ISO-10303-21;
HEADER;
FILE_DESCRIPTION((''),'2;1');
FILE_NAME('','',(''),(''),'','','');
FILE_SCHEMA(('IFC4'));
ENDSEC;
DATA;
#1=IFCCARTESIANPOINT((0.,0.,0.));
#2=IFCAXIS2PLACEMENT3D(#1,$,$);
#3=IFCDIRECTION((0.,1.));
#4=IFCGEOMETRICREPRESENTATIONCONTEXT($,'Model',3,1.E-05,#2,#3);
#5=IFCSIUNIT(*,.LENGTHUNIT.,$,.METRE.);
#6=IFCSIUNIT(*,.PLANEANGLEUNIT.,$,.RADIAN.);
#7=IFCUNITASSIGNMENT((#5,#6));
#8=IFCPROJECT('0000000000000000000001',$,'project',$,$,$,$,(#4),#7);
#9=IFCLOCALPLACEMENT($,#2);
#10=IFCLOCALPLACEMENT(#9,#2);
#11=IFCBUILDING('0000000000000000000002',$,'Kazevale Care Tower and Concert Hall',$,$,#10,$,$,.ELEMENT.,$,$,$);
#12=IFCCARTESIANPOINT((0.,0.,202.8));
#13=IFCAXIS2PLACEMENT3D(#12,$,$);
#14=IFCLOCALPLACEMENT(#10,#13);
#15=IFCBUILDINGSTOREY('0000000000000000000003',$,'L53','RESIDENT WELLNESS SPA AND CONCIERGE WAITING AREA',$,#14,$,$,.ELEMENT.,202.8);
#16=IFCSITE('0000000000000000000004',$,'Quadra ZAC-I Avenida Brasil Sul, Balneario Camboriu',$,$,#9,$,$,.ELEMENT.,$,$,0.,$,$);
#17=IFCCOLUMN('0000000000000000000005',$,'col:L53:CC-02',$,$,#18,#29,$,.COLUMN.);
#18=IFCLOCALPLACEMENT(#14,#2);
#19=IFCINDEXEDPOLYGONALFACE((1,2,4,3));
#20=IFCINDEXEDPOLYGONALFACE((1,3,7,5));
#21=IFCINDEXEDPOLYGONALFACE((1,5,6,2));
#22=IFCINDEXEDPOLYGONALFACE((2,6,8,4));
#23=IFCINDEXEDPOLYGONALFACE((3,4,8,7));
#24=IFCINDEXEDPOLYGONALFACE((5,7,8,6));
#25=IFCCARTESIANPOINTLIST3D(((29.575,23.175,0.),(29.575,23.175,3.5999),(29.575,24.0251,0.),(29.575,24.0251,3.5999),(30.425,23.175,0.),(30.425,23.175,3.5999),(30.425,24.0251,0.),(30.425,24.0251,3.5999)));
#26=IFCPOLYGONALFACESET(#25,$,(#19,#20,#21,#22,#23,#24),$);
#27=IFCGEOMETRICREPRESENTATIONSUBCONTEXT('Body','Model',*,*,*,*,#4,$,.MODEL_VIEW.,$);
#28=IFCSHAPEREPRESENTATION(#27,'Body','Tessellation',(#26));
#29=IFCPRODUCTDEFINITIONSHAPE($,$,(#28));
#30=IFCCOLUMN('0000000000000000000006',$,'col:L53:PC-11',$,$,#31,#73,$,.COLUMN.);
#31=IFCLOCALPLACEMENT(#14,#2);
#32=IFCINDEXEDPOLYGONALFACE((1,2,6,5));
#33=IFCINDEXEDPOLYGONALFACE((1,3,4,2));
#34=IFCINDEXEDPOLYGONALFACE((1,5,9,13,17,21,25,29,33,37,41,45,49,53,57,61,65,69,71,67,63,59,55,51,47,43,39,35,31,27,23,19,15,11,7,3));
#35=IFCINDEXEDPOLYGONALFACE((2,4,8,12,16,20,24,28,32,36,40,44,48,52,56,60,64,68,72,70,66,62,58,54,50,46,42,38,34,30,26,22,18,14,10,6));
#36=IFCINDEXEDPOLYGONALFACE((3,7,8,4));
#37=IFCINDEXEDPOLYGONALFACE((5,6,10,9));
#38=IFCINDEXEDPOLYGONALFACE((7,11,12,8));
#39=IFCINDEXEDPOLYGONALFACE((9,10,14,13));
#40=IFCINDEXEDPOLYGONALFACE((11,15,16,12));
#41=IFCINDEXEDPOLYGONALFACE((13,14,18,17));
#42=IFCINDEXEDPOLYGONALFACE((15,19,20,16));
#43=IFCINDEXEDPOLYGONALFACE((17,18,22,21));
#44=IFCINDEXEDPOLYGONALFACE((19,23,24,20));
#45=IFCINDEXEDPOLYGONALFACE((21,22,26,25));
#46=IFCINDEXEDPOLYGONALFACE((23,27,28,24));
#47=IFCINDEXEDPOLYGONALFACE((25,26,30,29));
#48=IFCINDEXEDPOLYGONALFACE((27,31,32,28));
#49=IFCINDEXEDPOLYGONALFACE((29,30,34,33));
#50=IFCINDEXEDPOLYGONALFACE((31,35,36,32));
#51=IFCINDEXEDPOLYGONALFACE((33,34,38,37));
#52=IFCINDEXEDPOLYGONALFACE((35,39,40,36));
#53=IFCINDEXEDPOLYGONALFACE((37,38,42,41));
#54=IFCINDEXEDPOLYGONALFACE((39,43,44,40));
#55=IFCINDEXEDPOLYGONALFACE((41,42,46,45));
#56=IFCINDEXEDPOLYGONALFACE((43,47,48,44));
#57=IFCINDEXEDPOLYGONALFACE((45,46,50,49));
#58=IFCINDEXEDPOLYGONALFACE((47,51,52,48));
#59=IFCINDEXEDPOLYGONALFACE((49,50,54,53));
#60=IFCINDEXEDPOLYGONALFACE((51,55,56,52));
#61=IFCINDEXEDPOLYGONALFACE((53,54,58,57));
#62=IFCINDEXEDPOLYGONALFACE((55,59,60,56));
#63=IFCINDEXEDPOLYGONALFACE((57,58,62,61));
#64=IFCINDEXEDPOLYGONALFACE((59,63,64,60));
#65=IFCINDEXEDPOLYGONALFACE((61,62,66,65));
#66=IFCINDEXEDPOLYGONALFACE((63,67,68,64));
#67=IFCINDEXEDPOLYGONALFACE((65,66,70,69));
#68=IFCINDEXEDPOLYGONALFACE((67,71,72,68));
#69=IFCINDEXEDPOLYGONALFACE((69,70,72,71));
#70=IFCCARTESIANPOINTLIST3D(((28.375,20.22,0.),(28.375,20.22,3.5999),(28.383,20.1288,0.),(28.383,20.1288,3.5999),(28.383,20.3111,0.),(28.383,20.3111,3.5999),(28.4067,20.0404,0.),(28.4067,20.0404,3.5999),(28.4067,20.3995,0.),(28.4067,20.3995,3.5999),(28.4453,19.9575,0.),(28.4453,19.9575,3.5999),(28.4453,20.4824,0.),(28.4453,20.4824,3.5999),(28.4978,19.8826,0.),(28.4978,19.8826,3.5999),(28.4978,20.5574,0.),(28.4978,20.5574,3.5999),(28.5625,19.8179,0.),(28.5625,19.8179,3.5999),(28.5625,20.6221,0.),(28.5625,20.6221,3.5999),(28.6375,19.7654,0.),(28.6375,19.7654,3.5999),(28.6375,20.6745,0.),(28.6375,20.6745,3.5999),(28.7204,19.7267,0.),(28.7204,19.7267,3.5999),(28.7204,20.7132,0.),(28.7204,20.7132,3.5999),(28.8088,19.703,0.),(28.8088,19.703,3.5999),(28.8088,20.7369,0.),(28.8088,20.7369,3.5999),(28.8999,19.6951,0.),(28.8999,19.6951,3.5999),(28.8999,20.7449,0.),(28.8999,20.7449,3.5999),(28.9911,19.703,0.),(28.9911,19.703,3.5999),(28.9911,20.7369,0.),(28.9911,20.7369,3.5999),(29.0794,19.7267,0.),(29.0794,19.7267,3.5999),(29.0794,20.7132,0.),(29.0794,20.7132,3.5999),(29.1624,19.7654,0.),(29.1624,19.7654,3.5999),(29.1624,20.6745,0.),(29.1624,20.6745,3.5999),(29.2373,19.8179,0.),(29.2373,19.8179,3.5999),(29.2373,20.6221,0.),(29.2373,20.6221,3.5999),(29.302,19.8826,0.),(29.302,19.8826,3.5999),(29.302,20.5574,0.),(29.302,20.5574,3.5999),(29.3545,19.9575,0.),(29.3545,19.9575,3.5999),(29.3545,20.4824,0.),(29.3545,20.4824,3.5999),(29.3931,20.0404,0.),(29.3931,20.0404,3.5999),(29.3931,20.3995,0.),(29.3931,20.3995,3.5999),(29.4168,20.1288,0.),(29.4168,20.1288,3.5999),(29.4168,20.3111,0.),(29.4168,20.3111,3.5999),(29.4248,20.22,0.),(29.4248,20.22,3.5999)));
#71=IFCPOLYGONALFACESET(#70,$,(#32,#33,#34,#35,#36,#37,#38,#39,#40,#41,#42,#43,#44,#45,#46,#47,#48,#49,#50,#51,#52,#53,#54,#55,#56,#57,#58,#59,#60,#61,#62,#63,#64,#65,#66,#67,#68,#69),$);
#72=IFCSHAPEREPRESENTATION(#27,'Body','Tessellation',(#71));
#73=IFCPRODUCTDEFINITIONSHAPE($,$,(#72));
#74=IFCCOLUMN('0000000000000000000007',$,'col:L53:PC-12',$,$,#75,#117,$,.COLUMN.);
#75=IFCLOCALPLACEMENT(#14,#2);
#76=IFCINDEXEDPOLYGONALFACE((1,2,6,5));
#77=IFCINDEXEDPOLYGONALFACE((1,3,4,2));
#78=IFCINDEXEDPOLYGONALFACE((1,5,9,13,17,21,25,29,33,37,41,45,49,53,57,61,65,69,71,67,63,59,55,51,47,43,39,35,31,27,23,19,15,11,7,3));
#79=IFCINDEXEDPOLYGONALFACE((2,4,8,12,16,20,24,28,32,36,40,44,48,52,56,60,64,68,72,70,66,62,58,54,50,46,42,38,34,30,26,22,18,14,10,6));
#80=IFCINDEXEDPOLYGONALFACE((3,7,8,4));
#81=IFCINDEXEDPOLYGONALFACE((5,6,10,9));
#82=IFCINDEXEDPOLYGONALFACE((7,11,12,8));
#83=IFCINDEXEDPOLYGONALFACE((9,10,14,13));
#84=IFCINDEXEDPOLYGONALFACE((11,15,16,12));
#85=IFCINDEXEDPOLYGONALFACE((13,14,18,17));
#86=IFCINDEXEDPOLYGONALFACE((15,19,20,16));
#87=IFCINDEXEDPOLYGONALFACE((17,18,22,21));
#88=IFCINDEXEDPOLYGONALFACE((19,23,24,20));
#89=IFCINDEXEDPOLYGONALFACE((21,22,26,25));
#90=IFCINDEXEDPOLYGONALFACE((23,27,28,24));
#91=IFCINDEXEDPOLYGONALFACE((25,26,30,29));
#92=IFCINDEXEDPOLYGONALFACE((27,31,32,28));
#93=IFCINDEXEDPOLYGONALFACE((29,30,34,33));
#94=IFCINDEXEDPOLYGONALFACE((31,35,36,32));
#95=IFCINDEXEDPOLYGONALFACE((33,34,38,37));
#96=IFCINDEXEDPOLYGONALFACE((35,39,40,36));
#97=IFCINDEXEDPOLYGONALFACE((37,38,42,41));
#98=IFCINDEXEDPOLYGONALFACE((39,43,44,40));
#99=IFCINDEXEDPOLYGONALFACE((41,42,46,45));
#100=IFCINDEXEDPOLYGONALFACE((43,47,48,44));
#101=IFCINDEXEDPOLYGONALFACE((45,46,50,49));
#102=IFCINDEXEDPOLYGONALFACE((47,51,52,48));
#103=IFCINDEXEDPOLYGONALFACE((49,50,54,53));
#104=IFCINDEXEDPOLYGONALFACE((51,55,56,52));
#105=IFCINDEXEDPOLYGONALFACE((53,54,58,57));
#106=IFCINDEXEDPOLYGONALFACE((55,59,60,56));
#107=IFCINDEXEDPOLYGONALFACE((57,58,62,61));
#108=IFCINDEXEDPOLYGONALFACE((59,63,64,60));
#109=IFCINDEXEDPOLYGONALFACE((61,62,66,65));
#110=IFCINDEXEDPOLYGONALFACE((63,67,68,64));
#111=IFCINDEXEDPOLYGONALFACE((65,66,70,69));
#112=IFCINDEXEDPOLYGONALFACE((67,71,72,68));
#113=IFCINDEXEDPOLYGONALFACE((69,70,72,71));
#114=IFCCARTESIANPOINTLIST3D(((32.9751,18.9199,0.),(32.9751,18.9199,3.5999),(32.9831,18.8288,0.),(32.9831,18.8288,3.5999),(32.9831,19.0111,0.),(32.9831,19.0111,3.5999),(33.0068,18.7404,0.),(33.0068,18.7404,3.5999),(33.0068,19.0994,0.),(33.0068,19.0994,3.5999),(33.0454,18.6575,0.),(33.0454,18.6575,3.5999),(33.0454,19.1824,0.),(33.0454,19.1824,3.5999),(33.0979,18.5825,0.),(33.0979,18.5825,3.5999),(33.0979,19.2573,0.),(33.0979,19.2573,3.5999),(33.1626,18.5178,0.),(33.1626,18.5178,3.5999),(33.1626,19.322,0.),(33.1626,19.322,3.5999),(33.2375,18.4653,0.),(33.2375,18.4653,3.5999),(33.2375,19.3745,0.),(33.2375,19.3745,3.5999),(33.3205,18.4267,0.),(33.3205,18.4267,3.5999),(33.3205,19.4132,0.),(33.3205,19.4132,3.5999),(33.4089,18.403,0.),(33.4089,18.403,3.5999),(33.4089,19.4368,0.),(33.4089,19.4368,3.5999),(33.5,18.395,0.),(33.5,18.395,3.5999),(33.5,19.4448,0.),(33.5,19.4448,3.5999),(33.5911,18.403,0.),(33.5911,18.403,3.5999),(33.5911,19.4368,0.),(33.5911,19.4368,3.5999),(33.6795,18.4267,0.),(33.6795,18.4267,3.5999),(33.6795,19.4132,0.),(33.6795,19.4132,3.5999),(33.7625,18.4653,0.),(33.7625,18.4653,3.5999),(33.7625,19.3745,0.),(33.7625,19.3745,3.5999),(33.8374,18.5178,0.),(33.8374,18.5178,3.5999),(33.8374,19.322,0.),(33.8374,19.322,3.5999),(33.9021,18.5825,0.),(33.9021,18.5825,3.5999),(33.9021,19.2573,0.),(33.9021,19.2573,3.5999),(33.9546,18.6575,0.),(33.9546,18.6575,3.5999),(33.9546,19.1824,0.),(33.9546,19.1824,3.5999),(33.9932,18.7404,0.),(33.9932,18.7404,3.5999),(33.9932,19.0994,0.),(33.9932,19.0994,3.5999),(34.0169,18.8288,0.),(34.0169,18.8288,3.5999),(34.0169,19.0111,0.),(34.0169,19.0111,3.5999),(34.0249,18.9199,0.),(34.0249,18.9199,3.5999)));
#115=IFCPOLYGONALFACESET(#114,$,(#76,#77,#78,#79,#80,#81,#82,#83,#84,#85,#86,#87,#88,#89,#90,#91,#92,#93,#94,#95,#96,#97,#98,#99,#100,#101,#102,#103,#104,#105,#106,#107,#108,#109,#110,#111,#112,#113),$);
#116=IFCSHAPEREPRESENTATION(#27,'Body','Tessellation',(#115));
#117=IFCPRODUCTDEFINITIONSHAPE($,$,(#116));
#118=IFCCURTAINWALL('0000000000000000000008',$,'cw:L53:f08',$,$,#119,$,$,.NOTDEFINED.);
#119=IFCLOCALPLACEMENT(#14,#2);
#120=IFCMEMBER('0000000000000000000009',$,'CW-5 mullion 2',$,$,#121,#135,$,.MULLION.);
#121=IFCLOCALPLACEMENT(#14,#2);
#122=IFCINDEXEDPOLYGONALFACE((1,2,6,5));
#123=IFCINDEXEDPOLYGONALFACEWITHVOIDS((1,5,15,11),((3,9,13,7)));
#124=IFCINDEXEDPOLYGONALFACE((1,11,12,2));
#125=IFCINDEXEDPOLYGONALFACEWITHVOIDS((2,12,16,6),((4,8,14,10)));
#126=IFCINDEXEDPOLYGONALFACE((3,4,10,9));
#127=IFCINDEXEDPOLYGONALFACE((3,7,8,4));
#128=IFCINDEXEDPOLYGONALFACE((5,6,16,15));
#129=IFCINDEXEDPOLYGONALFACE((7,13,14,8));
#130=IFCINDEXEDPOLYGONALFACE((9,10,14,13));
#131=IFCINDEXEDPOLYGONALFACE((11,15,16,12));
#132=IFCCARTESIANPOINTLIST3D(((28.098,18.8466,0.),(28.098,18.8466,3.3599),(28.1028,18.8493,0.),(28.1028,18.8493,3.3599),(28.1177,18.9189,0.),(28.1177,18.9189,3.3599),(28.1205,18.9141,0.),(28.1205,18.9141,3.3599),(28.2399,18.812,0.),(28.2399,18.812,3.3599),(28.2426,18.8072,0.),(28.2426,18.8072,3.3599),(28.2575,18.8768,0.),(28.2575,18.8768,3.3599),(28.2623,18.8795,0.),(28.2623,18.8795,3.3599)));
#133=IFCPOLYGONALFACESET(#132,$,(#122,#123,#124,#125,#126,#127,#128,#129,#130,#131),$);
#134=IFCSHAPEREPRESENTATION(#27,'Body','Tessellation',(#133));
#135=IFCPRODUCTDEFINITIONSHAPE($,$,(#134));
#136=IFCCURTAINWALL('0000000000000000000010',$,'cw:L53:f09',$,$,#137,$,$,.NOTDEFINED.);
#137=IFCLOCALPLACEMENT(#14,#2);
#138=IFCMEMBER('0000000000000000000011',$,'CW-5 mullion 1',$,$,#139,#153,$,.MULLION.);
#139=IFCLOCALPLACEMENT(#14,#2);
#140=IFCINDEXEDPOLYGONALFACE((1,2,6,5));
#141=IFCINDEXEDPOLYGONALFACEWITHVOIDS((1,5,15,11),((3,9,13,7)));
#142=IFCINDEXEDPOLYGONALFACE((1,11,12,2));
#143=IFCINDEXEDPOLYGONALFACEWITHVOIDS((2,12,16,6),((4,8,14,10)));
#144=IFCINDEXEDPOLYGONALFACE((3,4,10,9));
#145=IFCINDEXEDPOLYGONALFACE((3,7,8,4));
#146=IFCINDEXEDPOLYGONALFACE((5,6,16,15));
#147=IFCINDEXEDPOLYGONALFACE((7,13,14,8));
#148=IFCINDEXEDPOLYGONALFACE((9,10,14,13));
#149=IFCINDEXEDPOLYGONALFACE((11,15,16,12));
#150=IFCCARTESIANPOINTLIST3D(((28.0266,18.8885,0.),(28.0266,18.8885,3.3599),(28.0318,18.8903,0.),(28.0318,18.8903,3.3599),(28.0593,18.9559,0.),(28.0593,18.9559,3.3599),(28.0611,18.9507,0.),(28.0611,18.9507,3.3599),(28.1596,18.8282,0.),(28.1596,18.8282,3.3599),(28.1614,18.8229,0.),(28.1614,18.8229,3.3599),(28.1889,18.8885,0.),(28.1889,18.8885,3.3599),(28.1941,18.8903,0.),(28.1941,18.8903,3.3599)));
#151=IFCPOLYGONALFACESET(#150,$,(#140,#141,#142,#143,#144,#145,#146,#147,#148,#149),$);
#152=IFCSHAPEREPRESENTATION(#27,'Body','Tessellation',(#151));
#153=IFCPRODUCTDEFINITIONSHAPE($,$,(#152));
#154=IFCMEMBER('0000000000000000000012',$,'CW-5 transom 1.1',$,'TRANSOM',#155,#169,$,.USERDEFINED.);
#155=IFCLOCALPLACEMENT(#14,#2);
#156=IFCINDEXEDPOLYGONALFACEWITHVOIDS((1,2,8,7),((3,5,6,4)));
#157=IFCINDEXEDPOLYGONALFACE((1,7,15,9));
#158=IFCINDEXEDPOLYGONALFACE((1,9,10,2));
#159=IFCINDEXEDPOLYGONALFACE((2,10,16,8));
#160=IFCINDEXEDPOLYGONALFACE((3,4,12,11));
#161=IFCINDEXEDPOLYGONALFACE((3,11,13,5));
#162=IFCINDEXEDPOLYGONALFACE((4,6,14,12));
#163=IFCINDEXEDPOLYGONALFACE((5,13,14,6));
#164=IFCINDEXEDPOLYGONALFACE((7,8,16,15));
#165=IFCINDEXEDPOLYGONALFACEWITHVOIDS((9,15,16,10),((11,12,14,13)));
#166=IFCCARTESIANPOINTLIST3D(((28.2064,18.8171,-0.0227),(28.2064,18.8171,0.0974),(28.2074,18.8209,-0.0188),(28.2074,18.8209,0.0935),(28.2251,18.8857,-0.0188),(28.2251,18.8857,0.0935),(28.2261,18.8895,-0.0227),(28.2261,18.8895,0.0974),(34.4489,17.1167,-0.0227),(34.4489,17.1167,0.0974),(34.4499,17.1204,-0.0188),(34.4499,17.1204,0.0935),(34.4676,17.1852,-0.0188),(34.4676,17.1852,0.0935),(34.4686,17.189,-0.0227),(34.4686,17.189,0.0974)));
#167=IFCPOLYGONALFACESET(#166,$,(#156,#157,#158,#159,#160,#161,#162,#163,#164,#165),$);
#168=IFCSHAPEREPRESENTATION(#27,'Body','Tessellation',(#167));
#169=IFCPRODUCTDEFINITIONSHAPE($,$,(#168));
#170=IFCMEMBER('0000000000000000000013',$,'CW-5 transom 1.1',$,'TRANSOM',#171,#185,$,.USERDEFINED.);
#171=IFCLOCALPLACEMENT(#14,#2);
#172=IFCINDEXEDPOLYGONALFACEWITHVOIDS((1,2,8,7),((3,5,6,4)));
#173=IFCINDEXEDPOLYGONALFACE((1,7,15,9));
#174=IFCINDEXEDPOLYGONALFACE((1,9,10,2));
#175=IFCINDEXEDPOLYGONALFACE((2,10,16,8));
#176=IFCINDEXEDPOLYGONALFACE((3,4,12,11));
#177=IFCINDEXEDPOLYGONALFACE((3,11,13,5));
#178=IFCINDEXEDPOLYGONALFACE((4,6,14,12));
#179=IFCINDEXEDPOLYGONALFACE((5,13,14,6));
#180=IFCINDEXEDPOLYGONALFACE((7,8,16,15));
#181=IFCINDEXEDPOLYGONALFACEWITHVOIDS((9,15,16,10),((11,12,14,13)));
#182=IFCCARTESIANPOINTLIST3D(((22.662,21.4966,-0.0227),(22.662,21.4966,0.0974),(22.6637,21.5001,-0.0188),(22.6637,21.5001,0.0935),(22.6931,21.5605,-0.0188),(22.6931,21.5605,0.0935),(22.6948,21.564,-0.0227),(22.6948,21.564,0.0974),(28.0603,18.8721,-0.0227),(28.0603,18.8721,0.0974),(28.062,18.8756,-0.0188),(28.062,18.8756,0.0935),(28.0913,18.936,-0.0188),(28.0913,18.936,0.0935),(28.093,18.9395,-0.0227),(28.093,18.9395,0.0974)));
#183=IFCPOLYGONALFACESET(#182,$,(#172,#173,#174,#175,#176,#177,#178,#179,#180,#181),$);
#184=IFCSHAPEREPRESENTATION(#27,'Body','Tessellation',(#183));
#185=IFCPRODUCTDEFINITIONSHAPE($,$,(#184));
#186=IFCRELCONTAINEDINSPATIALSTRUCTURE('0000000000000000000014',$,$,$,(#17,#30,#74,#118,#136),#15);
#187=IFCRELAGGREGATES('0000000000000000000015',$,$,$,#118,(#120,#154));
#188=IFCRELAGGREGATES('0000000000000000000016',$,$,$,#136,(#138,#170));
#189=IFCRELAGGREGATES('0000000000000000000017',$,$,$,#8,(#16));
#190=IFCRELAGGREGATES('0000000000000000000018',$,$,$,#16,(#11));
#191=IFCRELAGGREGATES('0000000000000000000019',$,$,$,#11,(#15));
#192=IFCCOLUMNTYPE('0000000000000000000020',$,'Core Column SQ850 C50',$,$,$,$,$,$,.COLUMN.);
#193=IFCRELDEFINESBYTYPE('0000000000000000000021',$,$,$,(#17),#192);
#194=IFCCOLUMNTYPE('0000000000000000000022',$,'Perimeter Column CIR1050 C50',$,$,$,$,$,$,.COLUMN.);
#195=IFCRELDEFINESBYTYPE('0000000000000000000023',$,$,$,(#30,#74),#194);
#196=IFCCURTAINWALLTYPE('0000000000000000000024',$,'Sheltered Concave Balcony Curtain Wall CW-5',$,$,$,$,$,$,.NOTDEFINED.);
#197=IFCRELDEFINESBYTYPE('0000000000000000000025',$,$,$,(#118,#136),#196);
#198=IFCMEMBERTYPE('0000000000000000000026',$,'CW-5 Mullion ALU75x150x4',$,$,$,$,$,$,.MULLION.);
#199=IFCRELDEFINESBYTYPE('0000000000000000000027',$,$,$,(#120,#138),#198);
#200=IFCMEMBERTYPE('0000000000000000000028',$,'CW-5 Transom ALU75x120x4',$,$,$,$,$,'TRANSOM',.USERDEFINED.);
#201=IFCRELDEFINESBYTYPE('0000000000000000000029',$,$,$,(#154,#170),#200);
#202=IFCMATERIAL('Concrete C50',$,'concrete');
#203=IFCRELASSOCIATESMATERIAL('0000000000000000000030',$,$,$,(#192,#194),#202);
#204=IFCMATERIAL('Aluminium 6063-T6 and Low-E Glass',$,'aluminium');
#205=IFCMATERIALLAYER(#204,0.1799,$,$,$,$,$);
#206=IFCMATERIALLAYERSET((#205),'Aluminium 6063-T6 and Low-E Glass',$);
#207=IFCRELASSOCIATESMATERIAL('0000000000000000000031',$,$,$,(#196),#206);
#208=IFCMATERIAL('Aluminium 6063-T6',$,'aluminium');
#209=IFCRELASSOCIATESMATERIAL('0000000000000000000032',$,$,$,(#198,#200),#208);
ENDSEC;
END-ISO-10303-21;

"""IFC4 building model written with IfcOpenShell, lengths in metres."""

from ifc_helpers import new_model, si_unit, direction, frame, origin, origin_2d, place, context, subcontext, project, spatial, rectangle, hollow_rectangle, circle, extrude, material, layer, layer_set, material_profile, profile_set, type_object, element, aggregate, save


model = new_model("IFC4")

# Units and contexts
model_context = context("Model", 3, precision=1e-05, world=origin(), true_north=direction((0.0, 1.0)))
body_context = subcontext(model_context, "Body", "Model", "MODEL_VIEW")
ifc_project = project(units=[si_unit("LENGTHUNIT", "METRE"), si_unit("PLANEANGLEUNIT", "RADIAN")], contexts=[model_context])

# Site, building, storey
site_placement = place(None, origin())
site = spatial("IfcSite", under=ifc_project, at=site_placement, Name="Quadra ZAC-I Avenida Brasil Sul, Balneario Camboriu", CompositionType="ELEMENT", RefElevation=0.0)
building_placement = place(site_placement, origin())
building = spatial("IfcBuilding", under=site, at=building_placement, Name="Kazevale Care Tower and Concert Hall", CompositionType="ELEMENT")
storey_placement = place(building_placement, frame((0.0, 0.0, 202.8)))
storey = spatial("IfcBuildingStorey", under=building, at=storey_placement, Name="L53", Description="RESIDENT WELLNESS SPA AND CONCIERGE WAITING AREA", CompositionType="ELEMENT", Elevation=202.8)

# Columns
ifc_material_1 = material(Name="Concrete C50", Category="concrete")
ifc_material_profile_1 = material_profile(ifc_material_1, rectangle(XDim=0.8501, YDim=0.8501, at=origin_2d()), Name="RC-SQ850")
ifc_profile_set_1 = profile_set([ifc_material_profile_1], Name="Concrete C50")
column_type_1 = type_object("IfcColumnType", Name="Core Column SQ850 C50", PredefinedType="COLUMN", material=ifc_profile_set_1)
column_placement = place(storey_placement, frame((30.0, 23.6001, 0.0), z_axis=(0.0, 0.0, 1.0), x_axis=(1.0, 0.0, 0.0)))
element("IfcColumn", 1, at=column_placement, inside=storey, type_object=column_type_1, Name="col:L53:CC-02", PredefinedType="COLUMN", context=body_context, shape_type="SweptSolid", body=[
    extrude(rectangle(XDim=0.8501, YDim=0.8501, at=origin_2d()), origin(), (0.0, 0.0, 1.0), 3.5999),
])
ifc_material_profile_2 = material_profile(ifc_material_1, circle(Radius=0.5249, at=origin_2d()), Name="RC-CIR1050")
ifc_profile_set_2 = profile_set([ifc_material_profile_2], Name="Concrete C50")
column_type_2 = type_object("IfcColumnType", Name="Perimeter Column CIR1050 C50", PredefinedType="COLUMN", material=ifc_profile_set_2)
for number, where, z_axis, x_axis, name in (
    (2, (28.8999, 20.22, 0.0), (0.0, 0.0, 1.0), (1.0, 0.0, 0.0), "col:L53:PC-11"),
    (3, (33.5, 18.9199, 0.0), (0.0, 0.0, 1.0), (1.0, 0.0, 0.0), "col:L53:PC-12"),
):
    element("IfcColumn", number, at=place(storey_placement, frame(where, z_axis=z_axis, x_axis=x_axis)), inside=storey, type_object=column_type_2, Name=name, PredefinedType="COLUMN", context=body_context, shape_type="SweptSolid", body=[
        extrude(circle(Radius=0.5249, at=origin_2d()), origin(), (0.0, 0.0, 1.0), 3.5999),
    ])

# Curtain walls, members
ifc_material_2 = material(Name="Aluminium 6063-T6 and Low-E Glass", Category="aluminium")
ifc_layer_1 = layer(ifc_material_2, 0.1799)
ifc_layer_set_1 = layer_set([ifc_layer_1], Name="Aluminium 6063-T6 and Low-E Glass")
curtain_wall_type = type_object("IfcCurtainWallType", Name="Sheltered Concave Balcony Curtain Wall CW-5", PredefinedType="NOTDEFINED", material=ifc_layer_set_1)
curtain_wall_1_placement = place(storey_placement, origin())
curtain_wall_1 = element("IfcCurtainWall", 4, at=curtain_wall_1_placement, inside=storey, type_object=curtain_wall_type, Name="cw:L53:f08", PredefinedType="NOTDEFINED")
ifc_material_3 = material(Name="Aluminium 6063-T6", Category="aluminium")
ifc_material_profile_3 = material_profile(ifc_material_3, hollow_rectangle(XDim=0.075, YDim=0.1499, WallThickness=0.0039, at=origin_2d()), Name="ALU75x150x4")
ifc_profile_set_3 = profile_set([ifc_material_profile_3], Name="Aluminium 6063-T6")
member_type_1 = type_object("IfcMemberType", Name="CW-5 Mullion ALU75x150x4", PredefinedType="MULLION", material=ifc_profile_set_3)
member_1_placement = place(storey_placement, frame((28.1802, 18.863, 0.0), z_axis=(0.0, 0.0, 1.0), x_axis=(-0.262849, -0.964837, 0.0)))
member_1 = element("IfcMember", 5, at=member_1_placement, type_object=member_type_1, Name="CW-5 mullion 2", PredefinedType="MULLION", context=body_context, shape_type="SweptSolid", body=[
    extrude(hollow_rectangle(XDim=0.075, YDim=0.1499, WallThickness=0.0039, at=origin_2d()), origin(), (0.0, 0.0, 1.0), 3.3599),
])
curtain_wall_2_placement = place(storey_placement, origin())
curtain_wall_2 = element("IfcCurtainWall", 6, at=curtain_wall_2_placement, inside=storey, type_object=curtain_wall_type, Name="cw:L53:f09", PredefinedType="NOTDEFINED")
member_2_placement = place(storey_placement, frame((28.1104, 18.8894, 0.0), z_axis=(0.0, 0.0, 1.0), x_axis=(-0.437238, -0.899346, 0.0)))
member_2 = element("IfcMember", 7, at=member_2_placement, type_object=member_type_1, Name="CW-5 mullion 1", PredefinedType="MULLION", context=body_context, shape_type="SweptSolid", body=[
    extrude(hollow_rectangle(XDim=0.075, YDim=0.1499, WallThickness=0.0039, at=origin_2d()), origin(), (0.0, 0.0, 1.0), 3.3599),
])

# Members
ifc_material_profile_4 = material_profile(ifc_material_3, hollow_rectangle(XDim=0.075, YDim=0.1201, WallThickness=0.0039, at=origin_2d()), Name="ALU75x120x4")
ifc_profile_set_4 = profile_set([ifc_material_profile_4], Name="Aluminium 6063-T6")
member_type_2 = type_object("IfcMemberType", Name="CW-5 Transom ALU75x120x4", ElementType="TRANSOM", PredefinedType="USERDEFINED", material=ifc_profile_set_4)
member_3_placement = place(storey_placement, frame((34.4587, 17.1528, 0.0374), z_axis=(-0.964844, 0.262824, 0.0), x_axis=(-0.262824, -0.964844, 0.0)))
member_3 = element("IfcMember", 8, at=member_3_placement, type_object=member_type_2, Name="CW-5 transom 1.1", ObjectType="TRANSOM", PredefinedType="USERDEFINED", context=body_context, shape_type="SweptSolid", body=[
    extrude(hollow_rectangle(XDim=0.075, YDim=0.1201, WallThickness=0.0039, at=origin_2d()), origin(), (0.0, 0.0, 1.0), 6.47),
])
member_4_placement = place(storey_placement, frame((28.0767, 18.9058, 0.0374), z_axis=(-0.899342, 0.437245, 0.0), x_axis=(-0.437245, -0.899342, 0.0)))
member_4 = element("IfcMember", 9, at=member_4_placement, type_object=member_type_2, Name="CW-5 transom 1.1", ObjectType="TRANSOM", PredefinedType="USERDEFINED", context=body_context, shape_type="SweptSolid", body=[
    extrude(hollow_rectangle(XDim=0.075, YDim=0.1201, WallThickness=0.0039, at=origin_2d()), origin(), (0.0, 0.0, 1.0), 6.0024),
])

aggregate(curtain_wall_1, [member_1, member_3])
aggregate(curtain_wall_2, [member_2, member_4])

save(model, "model.ifc")
